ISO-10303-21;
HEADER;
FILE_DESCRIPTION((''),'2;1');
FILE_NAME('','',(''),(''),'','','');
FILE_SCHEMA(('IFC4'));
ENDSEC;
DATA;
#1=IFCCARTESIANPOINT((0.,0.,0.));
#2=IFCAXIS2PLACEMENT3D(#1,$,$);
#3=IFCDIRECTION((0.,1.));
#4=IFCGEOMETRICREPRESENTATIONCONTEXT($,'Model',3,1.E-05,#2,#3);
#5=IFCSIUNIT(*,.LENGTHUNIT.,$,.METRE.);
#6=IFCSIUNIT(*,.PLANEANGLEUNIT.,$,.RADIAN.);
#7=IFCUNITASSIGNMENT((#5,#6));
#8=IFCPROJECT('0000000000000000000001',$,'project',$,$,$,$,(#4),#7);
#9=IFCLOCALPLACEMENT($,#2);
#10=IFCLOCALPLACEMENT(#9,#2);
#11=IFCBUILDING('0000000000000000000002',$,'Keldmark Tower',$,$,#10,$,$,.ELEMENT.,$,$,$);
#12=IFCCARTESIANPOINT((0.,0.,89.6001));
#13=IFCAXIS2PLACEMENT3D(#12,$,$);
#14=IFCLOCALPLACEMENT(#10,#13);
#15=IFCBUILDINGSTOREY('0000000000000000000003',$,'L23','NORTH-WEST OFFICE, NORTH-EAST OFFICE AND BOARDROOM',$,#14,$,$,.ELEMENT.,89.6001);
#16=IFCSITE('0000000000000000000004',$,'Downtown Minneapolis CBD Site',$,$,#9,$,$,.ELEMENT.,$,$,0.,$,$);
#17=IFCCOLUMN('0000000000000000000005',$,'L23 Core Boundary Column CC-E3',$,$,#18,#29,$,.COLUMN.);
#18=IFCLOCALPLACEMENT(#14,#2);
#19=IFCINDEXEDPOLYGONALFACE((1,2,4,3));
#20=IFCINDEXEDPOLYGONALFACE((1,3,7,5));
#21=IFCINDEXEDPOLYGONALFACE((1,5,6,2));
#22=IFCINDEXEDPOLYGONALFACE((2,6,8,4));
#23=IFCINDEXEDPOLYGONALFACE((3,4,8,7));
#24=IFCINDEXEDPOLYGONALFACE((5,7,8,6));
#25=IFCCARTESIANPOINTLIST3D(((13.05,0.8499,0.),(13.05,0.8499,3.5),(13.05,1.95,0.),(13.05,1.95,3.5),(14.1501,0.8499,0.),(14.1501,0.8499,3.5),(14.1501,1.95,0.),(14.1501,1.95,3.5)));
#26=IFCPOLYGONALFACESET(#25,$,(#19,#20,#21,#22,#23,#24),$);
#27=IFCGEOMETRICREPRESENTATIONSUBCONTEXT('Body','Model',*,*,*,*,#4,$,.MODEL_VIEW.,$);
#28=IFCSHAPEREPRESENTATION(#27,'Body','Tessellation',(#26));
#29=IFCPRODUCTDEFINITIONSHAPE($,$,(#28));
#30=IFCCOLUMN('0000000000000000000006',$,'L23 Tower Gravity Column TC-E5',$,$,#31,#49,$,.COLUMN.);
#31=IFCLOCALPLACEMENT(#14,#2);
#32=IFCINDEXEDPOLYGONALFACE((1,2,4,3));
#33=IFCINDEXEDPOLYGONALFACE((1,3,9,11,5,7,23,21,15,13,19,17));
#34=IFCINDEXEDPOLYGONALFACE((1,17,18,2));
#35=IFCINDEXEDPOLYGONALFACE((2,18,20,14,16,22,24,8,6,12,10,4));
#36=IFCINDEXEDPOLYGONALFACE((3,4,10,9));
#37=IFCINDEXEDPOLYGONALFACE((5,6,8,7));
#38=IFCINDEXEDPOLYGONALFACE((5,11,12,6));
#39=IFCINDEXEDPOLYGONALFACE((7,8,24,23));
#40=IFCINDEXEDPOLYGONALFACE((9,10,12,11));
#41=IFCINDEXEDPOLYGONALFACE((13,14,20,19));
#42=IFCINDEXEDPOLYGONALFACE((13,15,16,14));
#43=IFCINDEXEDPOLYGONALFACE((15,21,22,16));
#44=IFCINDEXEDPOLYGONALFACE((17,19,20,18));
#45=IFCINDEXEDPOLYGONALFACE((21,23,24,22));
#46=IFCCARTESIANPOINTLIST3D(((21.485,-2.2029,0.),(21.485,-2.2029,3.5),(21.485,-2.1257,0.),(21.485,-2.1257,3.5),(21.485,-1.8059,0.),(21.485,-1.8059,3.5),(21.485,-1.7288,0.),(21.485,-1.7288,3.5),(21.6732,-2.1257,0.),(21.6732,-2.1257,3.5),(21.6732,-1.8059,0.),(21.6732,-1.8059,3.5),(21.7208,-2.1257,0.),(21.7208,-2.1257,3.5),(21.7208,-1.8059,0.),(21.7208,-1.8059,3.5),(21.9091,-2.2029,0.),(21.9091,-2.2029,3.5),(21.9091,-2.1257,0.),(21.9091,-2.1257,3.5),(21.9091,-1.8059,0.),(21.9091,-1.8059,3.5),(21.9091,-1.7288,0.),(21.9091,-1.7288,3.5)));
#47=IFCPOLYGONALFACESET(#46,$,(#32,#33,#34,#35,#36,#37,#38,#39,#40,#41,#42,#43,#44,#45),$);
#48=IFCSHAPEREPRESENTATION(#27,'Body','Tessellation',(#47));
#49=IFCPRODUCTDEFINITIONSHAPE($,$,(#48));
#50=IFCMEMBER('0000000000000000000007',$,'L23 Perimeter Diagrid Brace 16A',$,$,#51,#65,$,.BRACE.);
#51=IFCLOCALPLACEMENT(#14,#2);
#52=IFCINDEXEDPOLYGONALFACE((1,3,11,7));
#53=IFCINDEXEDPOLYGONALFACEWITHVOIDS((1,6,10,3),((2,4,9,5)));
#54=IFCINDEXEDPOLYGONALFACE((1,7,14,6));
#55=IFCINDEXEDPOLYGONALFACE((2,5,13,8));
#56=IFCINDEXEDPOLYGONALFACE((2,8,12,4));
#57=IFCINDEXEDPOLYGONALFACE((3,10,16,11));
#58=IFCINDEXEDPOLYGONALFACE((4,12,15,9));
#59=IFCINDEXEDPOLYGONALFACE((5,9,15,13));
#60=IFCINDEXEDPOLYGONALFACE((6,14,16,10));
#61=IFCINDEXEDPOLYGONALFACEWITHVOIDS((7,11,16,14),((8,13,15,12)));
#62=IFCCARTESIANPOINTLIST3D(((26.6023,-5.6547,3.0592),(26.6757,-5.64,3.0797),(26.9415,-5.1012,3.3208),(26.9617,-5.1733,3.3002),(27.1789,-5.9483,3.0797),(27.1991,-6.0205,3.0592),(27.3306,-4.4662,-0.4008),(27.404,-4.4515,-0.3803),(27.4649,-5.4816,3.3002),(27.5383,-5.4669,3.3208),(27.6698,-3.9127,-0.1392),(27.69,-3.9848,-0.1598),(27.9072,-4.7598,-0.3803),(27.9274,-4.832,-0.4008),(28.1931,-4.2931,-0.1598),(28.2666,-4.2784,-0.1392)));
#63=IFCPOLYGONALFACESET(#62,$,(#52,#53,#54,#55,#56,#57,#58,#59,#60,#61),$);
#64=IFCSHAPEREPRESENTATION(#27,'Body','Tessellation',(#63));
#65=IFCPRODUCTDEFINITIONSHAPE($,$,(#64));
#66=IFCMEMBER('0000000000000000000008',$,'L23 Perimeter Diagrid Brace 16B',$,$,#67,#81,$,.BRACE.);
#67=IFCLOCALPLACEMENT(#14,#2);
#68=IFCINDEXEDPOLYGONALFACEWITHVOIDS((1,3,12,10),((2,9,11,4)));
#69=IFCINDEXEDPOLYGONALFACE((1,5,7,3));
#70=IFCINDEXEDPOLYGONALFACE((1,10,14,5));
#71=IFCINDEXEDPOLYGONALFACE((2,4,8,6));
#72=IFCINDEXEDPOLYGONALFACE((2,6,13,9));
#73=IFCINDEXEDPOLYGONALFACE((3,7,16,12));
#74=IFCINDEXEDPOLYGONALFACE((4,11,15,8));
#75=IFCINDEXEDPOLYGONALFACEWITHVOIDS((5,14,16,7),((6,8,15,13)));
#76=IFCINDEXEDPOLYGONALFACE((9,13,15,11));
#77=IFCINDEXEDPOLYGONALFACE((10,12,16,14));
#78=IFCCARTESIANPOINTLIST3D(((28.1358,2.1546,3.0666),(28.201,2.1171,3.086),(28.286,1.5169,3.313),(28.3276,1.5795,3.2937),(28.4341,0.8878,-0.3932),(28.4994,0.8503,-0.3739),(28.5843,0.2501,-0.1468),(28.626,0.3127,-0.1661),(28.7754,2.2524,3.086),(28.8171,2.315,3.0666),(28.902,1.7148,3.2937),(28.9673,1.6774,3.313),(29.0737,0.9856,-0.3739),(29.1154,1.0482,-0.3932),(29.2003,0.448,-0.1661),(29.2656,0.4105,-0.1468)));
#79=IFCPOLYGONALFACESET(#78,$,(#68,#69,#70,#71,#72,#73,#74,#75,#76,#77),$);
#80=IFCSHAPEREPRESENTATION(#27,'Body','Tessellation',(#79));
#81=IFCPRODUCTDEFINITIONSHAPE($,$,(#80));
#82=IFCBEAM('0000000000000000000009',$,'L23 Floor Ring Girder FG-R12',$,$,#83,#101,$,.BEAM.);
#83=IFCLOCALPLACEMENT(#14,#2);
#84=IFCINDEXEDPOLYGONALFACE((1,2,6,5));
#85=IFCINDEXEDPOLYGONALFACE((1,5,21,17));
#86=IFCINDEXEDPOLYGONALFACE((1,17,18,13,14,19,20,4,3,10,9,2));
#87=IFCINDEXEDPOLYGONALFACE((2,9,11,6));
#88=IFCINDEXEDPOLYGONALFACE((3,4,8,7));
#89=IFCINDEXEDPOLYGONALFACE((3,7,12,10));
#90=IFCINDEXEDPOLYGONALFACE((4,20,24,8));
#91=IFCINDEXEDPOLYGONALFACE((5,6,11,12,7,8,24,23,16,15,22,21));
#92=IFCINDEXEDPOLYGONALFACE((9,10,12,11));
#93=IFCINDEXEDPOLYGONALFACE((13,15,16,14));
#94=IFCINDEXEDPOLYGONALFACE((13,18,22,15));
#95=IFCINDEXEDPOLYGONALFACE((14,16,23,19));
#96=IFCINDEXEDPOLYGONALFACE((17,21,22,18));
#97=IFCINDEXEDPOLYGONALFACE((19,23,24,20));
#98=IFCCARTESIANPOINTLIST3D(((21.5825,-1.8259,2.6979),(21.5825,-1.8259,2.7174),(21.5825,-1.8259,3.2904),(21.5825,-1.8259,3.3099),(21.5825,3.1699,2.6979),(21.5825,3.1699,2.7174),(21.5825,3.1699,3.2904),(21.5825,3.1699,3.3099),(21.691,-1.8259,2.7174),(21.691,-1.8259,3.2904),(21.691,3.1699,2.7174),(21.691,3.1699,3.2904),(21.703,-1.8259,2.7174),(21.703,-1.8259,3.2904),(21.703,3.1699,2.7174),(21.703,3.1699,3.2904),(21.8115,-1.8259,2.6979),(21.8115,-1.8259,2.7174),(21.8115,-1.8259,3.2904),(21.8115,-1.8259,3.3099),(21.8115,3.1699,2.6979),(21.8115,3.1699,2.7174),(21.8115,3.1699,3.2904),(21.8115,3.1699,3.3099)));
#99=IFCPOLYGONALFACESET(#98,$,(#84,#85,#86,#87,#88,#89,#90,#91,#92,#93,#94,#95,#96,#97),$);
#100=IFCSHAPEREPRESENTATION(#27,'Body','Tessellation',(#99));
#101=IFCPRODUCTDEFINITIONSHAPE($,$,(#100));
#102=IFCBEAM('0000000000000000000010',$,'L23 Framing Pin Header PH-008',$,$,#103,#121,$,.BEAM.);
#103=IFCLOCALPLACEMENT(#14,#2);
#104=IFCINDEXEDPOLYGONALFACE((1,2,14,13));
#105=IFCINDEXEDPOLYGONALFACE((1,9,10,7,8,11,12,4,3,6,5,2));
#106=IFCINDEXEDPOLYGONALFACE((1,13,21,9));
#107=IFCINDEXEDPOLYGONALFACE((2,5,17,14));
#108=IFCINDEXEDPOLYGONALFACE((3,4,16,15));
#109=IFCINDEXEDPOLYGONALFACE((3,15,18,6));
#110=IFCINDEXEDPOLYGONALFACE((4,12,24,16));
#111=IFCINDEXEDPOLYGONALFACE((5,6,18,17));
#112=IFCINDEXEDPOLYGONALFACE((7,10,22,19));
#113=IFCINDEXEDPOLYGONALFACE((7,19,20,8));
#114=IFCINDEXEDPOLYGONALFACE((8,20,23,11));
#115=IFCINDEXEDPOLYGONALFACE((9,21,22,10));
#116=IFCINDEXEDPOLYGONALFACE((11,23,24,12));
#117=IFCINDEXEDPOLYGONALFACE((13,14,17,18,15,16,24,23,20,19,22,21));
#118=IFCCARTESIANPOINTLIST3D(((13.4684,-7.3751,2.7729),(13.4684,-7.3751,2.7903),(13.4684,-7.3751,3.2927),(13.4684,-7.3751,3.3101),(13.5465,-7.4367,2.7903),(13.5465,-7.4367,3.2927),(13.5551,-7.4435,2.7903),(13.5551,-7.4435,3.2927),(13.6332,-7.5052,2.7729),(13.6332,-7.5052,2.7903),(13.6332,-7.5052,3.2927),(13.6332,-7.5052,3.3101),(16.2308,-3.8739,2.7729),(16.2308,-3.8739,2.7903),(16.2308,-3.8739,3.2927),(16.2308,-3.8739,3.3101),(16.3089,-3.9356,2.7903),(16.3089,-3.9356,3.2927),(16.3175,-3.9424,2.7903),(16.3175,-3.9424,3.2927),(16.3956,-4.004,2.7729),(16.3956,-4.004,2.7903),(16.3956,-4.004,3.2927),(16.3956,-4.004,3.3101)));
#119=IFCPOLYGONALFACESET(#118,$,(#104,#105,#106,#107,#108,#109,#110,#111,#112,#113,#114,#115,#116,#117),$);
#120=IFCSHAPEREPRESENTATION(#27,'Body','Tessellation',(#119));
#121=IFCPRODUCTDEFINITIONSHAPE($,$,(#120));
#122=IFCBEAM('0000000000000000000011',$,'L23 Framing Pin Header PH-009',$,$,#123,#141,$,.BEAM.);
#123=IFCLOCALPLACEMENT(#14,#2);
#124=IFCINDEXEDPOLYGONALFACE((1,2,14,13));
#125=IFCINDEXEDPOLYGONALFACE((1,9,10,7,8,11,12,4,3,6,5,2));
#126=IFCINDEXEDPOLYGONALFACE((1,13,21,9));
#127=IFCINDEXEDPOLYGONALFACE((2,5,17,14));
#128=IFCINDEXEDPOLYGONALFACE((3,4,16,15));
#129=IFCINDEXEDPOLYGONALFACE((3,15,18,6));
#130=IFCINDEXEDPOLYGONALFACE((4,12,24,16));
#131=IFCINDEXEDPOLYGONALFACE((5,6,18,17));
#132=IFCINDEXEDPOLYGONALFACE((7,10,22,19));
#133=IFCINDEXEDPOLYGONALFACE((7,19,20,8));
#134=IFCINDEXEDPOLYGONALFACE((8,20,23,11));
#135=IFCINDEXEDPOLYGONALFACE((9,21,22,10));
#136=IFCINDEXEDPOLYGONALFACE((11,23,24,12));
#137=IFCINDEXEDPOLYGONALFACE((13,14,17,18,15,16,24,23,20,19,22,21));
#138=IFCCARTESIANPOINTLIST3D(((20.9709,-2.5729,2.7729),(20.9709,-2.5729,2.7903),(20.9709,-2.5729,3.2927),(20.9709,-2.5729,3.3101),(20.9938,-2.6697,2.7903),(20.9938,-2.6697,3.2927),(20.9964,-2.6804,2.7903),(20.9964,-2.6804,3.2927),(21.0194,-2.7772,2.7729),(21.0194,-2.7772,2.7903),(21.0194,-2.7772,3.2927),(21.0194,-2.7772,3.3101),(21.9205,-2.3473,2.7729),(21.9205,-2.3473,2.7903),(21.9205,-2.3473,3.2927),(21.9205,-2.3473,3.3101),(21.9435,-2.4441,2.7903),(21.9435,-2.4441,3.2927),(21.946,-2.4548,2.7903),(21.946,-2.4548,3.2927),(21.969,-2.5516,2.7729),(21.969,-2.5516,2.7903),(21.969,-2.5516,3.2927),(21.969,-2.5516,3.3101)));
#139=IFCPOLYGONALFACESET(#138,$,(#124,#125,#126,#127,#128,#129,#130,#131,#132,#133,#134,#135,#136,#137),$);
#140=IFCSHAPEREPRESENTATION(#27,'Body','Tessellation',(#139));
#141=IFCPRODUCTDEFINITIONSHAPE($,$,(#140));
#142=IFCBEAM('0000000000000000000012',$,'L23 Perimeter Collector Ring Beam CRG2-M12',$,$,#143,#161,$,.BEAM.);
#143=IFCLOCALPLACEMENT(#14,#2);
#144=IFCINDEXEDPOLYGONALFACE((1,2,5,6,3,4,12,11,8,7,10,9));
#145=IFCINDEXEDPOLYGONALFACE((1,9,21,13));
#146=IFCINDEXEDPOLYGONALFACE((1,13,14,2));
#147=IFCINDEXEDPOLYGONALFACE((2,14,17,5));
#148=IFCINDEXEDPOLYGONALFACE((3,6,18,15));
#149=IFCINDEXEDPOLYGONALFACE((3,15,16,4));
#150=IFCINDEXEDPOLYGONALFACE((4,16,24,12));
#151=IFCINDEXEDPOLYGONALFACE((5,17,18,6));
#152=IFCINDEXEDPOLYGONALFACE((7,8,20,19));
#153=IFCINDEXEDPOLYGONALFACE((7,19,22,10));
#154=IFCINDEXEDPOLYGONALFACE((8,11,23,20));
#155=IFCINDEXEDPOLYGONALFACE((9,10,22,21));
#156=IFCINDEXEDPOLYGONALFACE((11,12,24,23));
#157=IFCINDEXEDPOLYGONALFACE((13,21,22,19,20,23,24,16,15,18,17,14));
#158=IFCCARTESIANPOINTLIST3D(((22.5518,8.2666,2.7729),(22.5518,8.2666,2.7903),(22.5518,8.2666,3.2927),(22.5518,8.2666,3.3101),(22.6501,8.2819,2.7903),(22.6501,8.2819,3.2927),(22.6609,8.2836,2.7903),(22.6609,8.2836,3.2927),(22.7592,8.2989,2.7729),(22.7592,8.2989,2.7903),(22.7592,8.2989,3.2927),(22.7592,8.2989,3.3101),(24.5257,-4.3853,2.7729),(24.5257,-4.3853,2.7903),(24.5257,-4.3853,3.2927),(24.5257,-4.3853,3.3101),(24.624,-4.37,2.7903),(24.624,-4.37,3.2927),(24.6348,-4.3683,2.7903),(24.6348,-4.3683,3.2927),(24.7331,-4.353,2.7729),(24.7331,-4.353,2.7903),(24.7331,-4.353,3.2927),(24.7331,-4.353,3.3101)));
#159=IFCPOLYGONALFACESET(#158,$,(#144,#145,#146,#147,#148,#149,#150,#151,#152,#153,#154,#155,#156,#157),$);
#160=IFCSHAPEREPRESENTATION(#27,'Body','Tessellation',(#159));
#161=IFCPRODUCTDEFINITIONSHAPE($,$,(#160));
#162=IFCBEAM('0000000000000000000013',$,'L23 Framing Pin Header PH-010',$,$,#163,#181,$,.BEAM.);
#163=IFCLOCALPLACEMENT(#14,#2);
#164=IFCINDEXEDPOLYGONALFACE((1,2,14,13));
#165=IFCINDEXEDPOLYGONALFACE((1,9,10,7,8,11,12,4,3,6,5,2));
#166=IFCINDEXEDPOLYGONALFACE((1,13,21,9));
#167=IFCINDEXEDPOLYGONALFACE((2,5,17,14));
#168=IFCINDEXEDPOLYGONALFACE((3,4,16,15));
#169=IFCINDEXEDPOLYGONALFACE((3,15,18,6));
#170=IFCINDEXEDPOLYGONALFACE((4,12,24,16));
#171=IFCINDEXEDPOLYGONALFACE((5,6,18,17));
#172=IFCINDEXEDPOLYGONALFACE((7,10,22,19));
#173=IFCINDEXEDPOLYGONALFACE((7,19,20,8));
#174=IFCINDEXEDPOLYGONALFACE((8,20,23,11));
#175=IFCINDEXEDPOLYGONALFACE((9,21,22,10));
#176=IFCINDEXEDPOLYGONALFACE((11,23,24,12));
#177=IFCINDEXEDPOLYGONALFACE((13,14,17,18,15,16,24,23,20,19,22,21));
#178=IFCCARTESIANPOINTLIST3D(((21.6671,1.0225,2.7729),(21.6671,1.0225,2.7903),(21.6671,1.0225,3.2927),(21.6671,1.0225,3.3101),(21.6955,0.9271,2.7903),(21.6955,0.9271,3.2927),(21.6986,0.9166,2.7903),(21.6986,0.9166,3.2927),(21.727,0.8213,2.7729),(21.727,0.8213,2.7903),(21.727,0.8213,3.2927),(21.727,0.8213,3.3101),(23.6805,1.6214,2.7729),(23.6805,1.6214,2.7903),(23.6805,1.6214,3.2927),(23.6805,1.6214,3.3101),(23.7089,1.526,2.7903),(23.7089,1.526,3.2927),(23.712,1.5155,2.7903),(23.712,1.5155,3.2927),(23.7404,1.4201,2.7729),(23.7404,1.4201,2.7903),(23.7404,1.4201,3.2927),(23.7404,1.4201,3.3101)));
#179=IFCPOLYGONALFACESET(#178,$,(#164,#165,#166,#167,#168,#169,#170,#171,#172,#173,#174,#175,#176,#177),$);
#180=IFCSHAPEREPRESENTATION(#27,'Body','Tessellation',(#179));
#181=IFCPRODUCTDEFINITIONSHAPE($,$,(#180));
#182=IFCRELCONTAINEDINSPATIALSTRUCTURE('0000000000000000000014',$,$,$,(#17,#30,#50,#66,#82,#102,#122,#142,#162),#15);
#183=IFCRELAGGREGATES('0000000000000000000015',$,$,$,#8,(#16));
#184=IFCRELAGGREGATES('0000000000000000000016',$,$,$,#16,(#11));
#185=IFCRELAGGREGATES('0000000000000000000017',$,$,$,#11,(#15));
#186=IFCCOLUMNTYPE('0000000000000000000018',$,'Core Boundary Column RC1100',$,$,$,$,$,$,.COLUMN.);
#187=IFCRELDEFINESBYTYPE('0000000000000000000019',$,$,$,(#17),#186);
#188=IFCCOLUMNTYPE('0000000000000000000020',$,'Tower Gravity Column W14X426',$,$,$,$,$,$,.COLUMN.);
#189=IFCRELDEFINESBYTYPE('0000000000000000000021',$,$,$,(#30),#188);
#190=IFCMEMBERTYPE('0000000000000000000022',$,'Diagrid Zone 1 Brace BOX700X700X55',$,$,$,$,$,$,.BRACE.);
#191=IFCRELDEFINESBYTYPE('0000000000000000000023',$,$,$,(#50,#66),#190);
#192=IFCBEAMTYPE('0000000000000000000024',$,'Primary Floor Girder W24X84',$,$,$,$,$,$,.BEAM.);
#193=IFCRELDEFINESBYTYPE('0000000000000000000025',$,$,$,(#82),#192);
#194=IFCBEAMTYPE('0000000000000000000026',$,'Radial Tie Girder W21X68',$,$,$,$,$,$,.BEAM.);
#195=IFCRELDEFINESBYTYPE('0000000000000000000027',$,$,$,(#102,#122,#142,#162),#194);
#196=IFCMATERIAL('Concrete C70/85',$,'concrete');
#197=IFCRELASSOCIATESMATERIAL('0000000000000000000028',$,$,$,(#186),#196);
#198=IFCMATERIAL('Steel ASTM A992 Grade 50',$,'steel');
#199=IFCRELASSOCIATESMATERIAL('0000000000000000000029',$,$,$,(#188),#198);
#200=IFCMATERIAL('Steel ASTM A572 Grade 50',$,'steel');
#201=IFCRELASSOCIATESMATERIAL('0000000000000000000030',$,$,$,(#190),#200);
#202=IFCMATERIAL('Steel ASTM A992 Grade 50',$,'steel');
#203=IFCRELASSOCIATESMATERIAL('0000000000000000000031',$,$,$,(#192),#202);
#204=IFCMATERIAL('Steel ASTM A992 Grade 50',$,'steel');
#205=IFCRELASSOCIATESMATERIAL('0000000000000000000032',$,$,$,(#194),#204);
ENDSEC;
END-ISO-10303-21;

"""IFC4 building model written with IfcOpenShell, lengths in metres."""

from ifc_helpers import new_model, si_unit, direction, frame, origin, origin_2d, place, context, subcontext, project, spatial, rectangle, hollow_rectangle, i_section, extrude, material, material_profile, profile_set, type_object, element, save


model = new_model("IFC4")

# Units and contexts
model_context = context("Model", 3, precision=1e-05, world=origin(), true_north=direction((0.0, 1.0)))
body_context = subcontext(model_context, "Body", "Model", "MODEL_VIEW")
ifc_project = project(units=[si_unit("LENGTHUNIT", "METRE"), si_unit("PLANEANGLEUNIT", "RADIAN")], contexts=[model_context])

# Site, building, storey
site_placement = place(None, origin())
site = spatial("IfcSite", under=ifc_project, at=site_placement, Name="Downtown Minneapolis CBD Site", CompositionType="ELEMENT", RefElevation=0.0)
building_placement = place(site_placement, origin())
building = spatial("IfcBuilding", under=site, at=building_placement, Name="Keldmark Tower", CompositionType="ELEMENT")
storey_placement = place(building_placement, frame((0.0, 0.0, 89.6001)))
storey = spatial("IfcBuildingStorey", under=building, at=storey_placement, Name="L23", Description="NORTH-WEST OFFICE, NORTH-EAST OFFICE AND BOARDROOM", CompositionType="ELEMENT", Elevation=89.6001)

# Columns
ifc_material_1 = material(Name="Concrete C70/85", Category="concrete")
ifc_material_profile_1 = material_profile(ifc_material_1, rectangle(XDim=1.1001, YDim=1.1001, at=origin_2d()), Name="RC1100X1100")
ifc_profile_set_1 = profile_set([ifc_material_profile_1], Name="Concrete C70/85")
column_type_1 = type_object("IfcColumnType", Name="Core Boundary Column RC1100", PredefinedType="COLUMN", material=ifc_profile_set_1)
column_1_placement = place(storey_placement, frame((13.6001, 1.3999, 0.0), z_axis=(0.0, 0.0, 1.0), x_axis=(1.0, 0.0, 0.0)))
element("IfcColumn", 1, at=column_1_placement, inside=storey, type_object=column_type_1, Name="L23 Core Boundary Column CC-E3", PredefinedType="COLUMN", context=body_context, shape_type="SweptSolid", body=[
    extrude(rectangle(XDim=1.1001, YDim=1.1001, at=origin_2d()), origin(), (0.0, 0.0, 1.0), 3.5),
])
ifc_material_2 = material(Name="Steel ASTM A992 Grade 50", Category="steel")
ifc_material_profile_2 = material_profile(ifc_material_2, i_section(OverallWidth=0.4241, OverallDepth=0.4741, WebThickness=0.0476, FlangeThickness=0.0771, at=origin_2d()), Name="W14X426")
ifc_profile_set_2 = profile_set([ifc_material_profile_2], Name="Steel ASTM A992 Grade 50")
column_type_2 = type_object("IfcColumnType", Name="Tower Gravity Column W14X426", PredefinedType="COLUMN", material=ifc_profile_set_2)
column_2_placement = place(storey_placement, frame((21.697, -1.9658, 0.0), z_axis=(0.0, 0.0, 1.0), x_axis=(1.0, 0.0, 0.0)))
element("IfcColumn", 2, at=column_2_placement, inside=storey, type_object=column_type_2, Name="L23 Tower Gravity Column TC-E5", PredefinedType="COLUMN", context=body_context, shape_type="SweptSolid", body=[
    extrude(i_section(OverallWidth=0.4241, OverallDepth=0.4741, WebThickness=0.0476, FlangeThickness=0.0771, at=origin_2d()), origin(), (0.0, 0.0, 1.0), 3.5),
])

# Members
ifc_material_3 = material(Name="Steel ASTM A572 Grade 50", Category="steel")
ifc_material_profile_3 = material_profile(ifc_material_3, hollow_rectangle(XDim=0.7, YDim=0.7, WallThickness=0.0549, at=origin_2d()), Name="BOX700X700X55")
ifc_profile_set_3 = profile_set([ifc_material_profile_3], Name="Steel ASTM A572 Grade 50")
member_type = type_object("IfcMemberType", Name="Diagrid Zone 1 Brace BOX700X700X55", PredefinedType="BRACE", material=ifc_profile_set_3)
member_1_placement = place(storey_placement, frame((27.7986, -4.3723, -0.27), z_axis=(-0.195238, -0.318612, 0.927561), x_axis=(0.852649, -0.522484, 0.0)))
element("IfcMember", 3, at=member_1_placement, inside=storey, type_object=member_type, Name="L23 Perimeter Diagrid Brace 16A", PredefinedType="BRACE", context=body_context, shape_type="SweptSolid", body=[
    extrude(hollow_rectangle(XDim=0.7, YDim=0.7, WallThickness=0.0549, at=origin_2d()), origin(), (0.0, 0.0, 1.0), 3.7302),
])
member_2_placement = place(storey_placement, frame((28.8499, 0.6492, -0.27), z_axis=(-0.080705, 0.342701, 0.935972), x_axis=(-0.973373, -0.229228, 0.0)))
element("IfcMember", 4, at=member_2_placement, inside=storey, type_object=member_type, Name="L23 Perimeter Diagrid Brace 16B", PredefinedType="BRACE", context=body_context, shape_type="SweptSolid", body=[
    extrude(hollow_rectangle(XDim=0.7, YDim=0.7, WallThickness=0.0549, at=origin_2d()), origin(), (0.0, 0.0, 1.0), 3.6965),
])

# Beams
ifc_material_4 = material(Name="Steel ASTM A992 Grade 50", Category="steel")
ifc_material_profile_4 = material_profile(ifc_material_4, i_section(OverallWidth=0.229, OverallDepth=0.6121, WebThickness=0.012, FlangeThickness=0.0195, at=origin_2d()), Name="W24X84")
ifc_profile_set_4 = profile_set([ifc_material_profile_4], Name="Steel ASTM A992 Grade 50")
beam_type_1 = type_object("IfcBeamType", Name="Primary Floor Girder W24X84", PredefinedType="BEAM", material=ifc_profile_set_4)
beam_1_placement = place(storey_placement, frame((21.697, -1.8259, 3.0039), z_axis=(0.0, 1.0, 0.0), x_axis=(-1.0, 0.0, 0.0)))
element("IfcBeam", 5, at=beam_1_placement, inside=storey, type_object=beam_type_1, Name="L23 Floor Ring Girder FG-R12", PredefinedType="BEAM", context=body_context, shape_type="SweptSolid", body=[
    extrude(i_section(OverallWidth=0.229, OverallDepth=0.6121, WebThickness=0.012, FlangeThickness=0.0195, at=origin_2d()), origin(), (0.0, 0.0, 1.0), 4.9958),
])
ifc_material_5 = material(Name="Steel ASTM A992 Grade 50", Category="steel")
ifc_material_profile_5 = material_profile(ifc_material_5, i_section(OverallWidth=0.21, OverallDepth=0.5371, WebThickness=0.011, FlangeThickness=0.0173, at=origin_2d()), Name="W21X68")
ifc_profile_set_5 = profile_set([ifc_material_profile_5], Name="Steel ASTM A992 Grade 50")
beam_type_2 = type_object("IfcBeamType", Name="Radial Tie Girder W21X68", PredefinedType="BEAM", material=ifc_profile_set_5)
beam_2_placement = place(storey_placement, frame((16.3132, -3.939, 3.0415), z_axis=(-0.619414, -0.785065, 0.0), x_axis=(0.785065, -0.619414, 0.0)))
element("IfcBeam", 6, at=beam_2_placement, inside=storey, type_object=beam_type_2, Name="L23 Framing Pin Header PH-008", PredefinedType="BEAM", context=body_context, shape_type="SweptSolid", body=[
    extrude(i_section(OverallWidth=0.21, OverallDepth=0.5371, WebThickness=0.011, FlangeThickness=0.0173, at=origin_2d()), origin(), (0.0, 0.0, 1.0), 4.4597),
])
beam_3_placement = place(storey_placement, frame((20.9951, -2.675, 3.0415), z_axis=(0.97293, 0.231102, 0.0), x_axis=(-0.231102, 0.97293, 0.0)))
element("IfcBeam", 7, at=beam_3_placement, inside=storey, type_object=beam_type_2, Name="L23 Framing Pin Header PH-009", PredefinedType="BEAM", context=body_context, shape_type="SweptSolid", body=[
    extrude(i_section(OverallWidth=0.21, OverallDepth=0.5371, WebThickness=0.011, FlangeThickness=0.0173, at=origin_2d()), origin(), (0.0, 0.0, 1.0), 0.9761),
])
beam_4_placement = place(storey_placement, frame((24.6294, -4.3691, 3.0415), z_axis=(-0.15415, 0.988047, 0.0), x_axis=(-0.988047, -0.15415, 0.0)))
element("IfcBeam", 8, at=beam_4_placement, inside=storey, type_object=beam_type_2, Name="L23 Perimeter Collector Ring Beam CRG2-M12", PredefinedType="BEAM", context=body_context, shape_type="SweptSolid", body=[
    extrude(i_section(OverallWidth=0.21, OverallDepth=0.5371, WebThickness=0.011, FlangeThickness=0.0173, at=origin_2d()), origin(), (0.0, 0.0, 1.0), 12.8049),
])
beam_5_placement = place(storey_placement, frame((21.697, 0.9219, 3.0415), z_axis=(0.958499, 0.285097, 0.0), x_axis=(-0.285097, 0.958499, 0.0)))
element("IfcBeam", 9, at=beam_5_placement, inside=storey, type_object=beam_type_2, Name="L23 Framing Pin Header PH-010", PredefinedType="BEAM", context=body_context, shape_type="SweptSolid", body=[
    extrude(i_section(OverallWidth=0.21, OverallDepth=0.5371, WebThickness=0.011, FlangeThickness=0.0173, at=origin_2d()), origin(), (0.0, 0.0, 1.0), 2.1006),
])

save(model, "model.ifc")
